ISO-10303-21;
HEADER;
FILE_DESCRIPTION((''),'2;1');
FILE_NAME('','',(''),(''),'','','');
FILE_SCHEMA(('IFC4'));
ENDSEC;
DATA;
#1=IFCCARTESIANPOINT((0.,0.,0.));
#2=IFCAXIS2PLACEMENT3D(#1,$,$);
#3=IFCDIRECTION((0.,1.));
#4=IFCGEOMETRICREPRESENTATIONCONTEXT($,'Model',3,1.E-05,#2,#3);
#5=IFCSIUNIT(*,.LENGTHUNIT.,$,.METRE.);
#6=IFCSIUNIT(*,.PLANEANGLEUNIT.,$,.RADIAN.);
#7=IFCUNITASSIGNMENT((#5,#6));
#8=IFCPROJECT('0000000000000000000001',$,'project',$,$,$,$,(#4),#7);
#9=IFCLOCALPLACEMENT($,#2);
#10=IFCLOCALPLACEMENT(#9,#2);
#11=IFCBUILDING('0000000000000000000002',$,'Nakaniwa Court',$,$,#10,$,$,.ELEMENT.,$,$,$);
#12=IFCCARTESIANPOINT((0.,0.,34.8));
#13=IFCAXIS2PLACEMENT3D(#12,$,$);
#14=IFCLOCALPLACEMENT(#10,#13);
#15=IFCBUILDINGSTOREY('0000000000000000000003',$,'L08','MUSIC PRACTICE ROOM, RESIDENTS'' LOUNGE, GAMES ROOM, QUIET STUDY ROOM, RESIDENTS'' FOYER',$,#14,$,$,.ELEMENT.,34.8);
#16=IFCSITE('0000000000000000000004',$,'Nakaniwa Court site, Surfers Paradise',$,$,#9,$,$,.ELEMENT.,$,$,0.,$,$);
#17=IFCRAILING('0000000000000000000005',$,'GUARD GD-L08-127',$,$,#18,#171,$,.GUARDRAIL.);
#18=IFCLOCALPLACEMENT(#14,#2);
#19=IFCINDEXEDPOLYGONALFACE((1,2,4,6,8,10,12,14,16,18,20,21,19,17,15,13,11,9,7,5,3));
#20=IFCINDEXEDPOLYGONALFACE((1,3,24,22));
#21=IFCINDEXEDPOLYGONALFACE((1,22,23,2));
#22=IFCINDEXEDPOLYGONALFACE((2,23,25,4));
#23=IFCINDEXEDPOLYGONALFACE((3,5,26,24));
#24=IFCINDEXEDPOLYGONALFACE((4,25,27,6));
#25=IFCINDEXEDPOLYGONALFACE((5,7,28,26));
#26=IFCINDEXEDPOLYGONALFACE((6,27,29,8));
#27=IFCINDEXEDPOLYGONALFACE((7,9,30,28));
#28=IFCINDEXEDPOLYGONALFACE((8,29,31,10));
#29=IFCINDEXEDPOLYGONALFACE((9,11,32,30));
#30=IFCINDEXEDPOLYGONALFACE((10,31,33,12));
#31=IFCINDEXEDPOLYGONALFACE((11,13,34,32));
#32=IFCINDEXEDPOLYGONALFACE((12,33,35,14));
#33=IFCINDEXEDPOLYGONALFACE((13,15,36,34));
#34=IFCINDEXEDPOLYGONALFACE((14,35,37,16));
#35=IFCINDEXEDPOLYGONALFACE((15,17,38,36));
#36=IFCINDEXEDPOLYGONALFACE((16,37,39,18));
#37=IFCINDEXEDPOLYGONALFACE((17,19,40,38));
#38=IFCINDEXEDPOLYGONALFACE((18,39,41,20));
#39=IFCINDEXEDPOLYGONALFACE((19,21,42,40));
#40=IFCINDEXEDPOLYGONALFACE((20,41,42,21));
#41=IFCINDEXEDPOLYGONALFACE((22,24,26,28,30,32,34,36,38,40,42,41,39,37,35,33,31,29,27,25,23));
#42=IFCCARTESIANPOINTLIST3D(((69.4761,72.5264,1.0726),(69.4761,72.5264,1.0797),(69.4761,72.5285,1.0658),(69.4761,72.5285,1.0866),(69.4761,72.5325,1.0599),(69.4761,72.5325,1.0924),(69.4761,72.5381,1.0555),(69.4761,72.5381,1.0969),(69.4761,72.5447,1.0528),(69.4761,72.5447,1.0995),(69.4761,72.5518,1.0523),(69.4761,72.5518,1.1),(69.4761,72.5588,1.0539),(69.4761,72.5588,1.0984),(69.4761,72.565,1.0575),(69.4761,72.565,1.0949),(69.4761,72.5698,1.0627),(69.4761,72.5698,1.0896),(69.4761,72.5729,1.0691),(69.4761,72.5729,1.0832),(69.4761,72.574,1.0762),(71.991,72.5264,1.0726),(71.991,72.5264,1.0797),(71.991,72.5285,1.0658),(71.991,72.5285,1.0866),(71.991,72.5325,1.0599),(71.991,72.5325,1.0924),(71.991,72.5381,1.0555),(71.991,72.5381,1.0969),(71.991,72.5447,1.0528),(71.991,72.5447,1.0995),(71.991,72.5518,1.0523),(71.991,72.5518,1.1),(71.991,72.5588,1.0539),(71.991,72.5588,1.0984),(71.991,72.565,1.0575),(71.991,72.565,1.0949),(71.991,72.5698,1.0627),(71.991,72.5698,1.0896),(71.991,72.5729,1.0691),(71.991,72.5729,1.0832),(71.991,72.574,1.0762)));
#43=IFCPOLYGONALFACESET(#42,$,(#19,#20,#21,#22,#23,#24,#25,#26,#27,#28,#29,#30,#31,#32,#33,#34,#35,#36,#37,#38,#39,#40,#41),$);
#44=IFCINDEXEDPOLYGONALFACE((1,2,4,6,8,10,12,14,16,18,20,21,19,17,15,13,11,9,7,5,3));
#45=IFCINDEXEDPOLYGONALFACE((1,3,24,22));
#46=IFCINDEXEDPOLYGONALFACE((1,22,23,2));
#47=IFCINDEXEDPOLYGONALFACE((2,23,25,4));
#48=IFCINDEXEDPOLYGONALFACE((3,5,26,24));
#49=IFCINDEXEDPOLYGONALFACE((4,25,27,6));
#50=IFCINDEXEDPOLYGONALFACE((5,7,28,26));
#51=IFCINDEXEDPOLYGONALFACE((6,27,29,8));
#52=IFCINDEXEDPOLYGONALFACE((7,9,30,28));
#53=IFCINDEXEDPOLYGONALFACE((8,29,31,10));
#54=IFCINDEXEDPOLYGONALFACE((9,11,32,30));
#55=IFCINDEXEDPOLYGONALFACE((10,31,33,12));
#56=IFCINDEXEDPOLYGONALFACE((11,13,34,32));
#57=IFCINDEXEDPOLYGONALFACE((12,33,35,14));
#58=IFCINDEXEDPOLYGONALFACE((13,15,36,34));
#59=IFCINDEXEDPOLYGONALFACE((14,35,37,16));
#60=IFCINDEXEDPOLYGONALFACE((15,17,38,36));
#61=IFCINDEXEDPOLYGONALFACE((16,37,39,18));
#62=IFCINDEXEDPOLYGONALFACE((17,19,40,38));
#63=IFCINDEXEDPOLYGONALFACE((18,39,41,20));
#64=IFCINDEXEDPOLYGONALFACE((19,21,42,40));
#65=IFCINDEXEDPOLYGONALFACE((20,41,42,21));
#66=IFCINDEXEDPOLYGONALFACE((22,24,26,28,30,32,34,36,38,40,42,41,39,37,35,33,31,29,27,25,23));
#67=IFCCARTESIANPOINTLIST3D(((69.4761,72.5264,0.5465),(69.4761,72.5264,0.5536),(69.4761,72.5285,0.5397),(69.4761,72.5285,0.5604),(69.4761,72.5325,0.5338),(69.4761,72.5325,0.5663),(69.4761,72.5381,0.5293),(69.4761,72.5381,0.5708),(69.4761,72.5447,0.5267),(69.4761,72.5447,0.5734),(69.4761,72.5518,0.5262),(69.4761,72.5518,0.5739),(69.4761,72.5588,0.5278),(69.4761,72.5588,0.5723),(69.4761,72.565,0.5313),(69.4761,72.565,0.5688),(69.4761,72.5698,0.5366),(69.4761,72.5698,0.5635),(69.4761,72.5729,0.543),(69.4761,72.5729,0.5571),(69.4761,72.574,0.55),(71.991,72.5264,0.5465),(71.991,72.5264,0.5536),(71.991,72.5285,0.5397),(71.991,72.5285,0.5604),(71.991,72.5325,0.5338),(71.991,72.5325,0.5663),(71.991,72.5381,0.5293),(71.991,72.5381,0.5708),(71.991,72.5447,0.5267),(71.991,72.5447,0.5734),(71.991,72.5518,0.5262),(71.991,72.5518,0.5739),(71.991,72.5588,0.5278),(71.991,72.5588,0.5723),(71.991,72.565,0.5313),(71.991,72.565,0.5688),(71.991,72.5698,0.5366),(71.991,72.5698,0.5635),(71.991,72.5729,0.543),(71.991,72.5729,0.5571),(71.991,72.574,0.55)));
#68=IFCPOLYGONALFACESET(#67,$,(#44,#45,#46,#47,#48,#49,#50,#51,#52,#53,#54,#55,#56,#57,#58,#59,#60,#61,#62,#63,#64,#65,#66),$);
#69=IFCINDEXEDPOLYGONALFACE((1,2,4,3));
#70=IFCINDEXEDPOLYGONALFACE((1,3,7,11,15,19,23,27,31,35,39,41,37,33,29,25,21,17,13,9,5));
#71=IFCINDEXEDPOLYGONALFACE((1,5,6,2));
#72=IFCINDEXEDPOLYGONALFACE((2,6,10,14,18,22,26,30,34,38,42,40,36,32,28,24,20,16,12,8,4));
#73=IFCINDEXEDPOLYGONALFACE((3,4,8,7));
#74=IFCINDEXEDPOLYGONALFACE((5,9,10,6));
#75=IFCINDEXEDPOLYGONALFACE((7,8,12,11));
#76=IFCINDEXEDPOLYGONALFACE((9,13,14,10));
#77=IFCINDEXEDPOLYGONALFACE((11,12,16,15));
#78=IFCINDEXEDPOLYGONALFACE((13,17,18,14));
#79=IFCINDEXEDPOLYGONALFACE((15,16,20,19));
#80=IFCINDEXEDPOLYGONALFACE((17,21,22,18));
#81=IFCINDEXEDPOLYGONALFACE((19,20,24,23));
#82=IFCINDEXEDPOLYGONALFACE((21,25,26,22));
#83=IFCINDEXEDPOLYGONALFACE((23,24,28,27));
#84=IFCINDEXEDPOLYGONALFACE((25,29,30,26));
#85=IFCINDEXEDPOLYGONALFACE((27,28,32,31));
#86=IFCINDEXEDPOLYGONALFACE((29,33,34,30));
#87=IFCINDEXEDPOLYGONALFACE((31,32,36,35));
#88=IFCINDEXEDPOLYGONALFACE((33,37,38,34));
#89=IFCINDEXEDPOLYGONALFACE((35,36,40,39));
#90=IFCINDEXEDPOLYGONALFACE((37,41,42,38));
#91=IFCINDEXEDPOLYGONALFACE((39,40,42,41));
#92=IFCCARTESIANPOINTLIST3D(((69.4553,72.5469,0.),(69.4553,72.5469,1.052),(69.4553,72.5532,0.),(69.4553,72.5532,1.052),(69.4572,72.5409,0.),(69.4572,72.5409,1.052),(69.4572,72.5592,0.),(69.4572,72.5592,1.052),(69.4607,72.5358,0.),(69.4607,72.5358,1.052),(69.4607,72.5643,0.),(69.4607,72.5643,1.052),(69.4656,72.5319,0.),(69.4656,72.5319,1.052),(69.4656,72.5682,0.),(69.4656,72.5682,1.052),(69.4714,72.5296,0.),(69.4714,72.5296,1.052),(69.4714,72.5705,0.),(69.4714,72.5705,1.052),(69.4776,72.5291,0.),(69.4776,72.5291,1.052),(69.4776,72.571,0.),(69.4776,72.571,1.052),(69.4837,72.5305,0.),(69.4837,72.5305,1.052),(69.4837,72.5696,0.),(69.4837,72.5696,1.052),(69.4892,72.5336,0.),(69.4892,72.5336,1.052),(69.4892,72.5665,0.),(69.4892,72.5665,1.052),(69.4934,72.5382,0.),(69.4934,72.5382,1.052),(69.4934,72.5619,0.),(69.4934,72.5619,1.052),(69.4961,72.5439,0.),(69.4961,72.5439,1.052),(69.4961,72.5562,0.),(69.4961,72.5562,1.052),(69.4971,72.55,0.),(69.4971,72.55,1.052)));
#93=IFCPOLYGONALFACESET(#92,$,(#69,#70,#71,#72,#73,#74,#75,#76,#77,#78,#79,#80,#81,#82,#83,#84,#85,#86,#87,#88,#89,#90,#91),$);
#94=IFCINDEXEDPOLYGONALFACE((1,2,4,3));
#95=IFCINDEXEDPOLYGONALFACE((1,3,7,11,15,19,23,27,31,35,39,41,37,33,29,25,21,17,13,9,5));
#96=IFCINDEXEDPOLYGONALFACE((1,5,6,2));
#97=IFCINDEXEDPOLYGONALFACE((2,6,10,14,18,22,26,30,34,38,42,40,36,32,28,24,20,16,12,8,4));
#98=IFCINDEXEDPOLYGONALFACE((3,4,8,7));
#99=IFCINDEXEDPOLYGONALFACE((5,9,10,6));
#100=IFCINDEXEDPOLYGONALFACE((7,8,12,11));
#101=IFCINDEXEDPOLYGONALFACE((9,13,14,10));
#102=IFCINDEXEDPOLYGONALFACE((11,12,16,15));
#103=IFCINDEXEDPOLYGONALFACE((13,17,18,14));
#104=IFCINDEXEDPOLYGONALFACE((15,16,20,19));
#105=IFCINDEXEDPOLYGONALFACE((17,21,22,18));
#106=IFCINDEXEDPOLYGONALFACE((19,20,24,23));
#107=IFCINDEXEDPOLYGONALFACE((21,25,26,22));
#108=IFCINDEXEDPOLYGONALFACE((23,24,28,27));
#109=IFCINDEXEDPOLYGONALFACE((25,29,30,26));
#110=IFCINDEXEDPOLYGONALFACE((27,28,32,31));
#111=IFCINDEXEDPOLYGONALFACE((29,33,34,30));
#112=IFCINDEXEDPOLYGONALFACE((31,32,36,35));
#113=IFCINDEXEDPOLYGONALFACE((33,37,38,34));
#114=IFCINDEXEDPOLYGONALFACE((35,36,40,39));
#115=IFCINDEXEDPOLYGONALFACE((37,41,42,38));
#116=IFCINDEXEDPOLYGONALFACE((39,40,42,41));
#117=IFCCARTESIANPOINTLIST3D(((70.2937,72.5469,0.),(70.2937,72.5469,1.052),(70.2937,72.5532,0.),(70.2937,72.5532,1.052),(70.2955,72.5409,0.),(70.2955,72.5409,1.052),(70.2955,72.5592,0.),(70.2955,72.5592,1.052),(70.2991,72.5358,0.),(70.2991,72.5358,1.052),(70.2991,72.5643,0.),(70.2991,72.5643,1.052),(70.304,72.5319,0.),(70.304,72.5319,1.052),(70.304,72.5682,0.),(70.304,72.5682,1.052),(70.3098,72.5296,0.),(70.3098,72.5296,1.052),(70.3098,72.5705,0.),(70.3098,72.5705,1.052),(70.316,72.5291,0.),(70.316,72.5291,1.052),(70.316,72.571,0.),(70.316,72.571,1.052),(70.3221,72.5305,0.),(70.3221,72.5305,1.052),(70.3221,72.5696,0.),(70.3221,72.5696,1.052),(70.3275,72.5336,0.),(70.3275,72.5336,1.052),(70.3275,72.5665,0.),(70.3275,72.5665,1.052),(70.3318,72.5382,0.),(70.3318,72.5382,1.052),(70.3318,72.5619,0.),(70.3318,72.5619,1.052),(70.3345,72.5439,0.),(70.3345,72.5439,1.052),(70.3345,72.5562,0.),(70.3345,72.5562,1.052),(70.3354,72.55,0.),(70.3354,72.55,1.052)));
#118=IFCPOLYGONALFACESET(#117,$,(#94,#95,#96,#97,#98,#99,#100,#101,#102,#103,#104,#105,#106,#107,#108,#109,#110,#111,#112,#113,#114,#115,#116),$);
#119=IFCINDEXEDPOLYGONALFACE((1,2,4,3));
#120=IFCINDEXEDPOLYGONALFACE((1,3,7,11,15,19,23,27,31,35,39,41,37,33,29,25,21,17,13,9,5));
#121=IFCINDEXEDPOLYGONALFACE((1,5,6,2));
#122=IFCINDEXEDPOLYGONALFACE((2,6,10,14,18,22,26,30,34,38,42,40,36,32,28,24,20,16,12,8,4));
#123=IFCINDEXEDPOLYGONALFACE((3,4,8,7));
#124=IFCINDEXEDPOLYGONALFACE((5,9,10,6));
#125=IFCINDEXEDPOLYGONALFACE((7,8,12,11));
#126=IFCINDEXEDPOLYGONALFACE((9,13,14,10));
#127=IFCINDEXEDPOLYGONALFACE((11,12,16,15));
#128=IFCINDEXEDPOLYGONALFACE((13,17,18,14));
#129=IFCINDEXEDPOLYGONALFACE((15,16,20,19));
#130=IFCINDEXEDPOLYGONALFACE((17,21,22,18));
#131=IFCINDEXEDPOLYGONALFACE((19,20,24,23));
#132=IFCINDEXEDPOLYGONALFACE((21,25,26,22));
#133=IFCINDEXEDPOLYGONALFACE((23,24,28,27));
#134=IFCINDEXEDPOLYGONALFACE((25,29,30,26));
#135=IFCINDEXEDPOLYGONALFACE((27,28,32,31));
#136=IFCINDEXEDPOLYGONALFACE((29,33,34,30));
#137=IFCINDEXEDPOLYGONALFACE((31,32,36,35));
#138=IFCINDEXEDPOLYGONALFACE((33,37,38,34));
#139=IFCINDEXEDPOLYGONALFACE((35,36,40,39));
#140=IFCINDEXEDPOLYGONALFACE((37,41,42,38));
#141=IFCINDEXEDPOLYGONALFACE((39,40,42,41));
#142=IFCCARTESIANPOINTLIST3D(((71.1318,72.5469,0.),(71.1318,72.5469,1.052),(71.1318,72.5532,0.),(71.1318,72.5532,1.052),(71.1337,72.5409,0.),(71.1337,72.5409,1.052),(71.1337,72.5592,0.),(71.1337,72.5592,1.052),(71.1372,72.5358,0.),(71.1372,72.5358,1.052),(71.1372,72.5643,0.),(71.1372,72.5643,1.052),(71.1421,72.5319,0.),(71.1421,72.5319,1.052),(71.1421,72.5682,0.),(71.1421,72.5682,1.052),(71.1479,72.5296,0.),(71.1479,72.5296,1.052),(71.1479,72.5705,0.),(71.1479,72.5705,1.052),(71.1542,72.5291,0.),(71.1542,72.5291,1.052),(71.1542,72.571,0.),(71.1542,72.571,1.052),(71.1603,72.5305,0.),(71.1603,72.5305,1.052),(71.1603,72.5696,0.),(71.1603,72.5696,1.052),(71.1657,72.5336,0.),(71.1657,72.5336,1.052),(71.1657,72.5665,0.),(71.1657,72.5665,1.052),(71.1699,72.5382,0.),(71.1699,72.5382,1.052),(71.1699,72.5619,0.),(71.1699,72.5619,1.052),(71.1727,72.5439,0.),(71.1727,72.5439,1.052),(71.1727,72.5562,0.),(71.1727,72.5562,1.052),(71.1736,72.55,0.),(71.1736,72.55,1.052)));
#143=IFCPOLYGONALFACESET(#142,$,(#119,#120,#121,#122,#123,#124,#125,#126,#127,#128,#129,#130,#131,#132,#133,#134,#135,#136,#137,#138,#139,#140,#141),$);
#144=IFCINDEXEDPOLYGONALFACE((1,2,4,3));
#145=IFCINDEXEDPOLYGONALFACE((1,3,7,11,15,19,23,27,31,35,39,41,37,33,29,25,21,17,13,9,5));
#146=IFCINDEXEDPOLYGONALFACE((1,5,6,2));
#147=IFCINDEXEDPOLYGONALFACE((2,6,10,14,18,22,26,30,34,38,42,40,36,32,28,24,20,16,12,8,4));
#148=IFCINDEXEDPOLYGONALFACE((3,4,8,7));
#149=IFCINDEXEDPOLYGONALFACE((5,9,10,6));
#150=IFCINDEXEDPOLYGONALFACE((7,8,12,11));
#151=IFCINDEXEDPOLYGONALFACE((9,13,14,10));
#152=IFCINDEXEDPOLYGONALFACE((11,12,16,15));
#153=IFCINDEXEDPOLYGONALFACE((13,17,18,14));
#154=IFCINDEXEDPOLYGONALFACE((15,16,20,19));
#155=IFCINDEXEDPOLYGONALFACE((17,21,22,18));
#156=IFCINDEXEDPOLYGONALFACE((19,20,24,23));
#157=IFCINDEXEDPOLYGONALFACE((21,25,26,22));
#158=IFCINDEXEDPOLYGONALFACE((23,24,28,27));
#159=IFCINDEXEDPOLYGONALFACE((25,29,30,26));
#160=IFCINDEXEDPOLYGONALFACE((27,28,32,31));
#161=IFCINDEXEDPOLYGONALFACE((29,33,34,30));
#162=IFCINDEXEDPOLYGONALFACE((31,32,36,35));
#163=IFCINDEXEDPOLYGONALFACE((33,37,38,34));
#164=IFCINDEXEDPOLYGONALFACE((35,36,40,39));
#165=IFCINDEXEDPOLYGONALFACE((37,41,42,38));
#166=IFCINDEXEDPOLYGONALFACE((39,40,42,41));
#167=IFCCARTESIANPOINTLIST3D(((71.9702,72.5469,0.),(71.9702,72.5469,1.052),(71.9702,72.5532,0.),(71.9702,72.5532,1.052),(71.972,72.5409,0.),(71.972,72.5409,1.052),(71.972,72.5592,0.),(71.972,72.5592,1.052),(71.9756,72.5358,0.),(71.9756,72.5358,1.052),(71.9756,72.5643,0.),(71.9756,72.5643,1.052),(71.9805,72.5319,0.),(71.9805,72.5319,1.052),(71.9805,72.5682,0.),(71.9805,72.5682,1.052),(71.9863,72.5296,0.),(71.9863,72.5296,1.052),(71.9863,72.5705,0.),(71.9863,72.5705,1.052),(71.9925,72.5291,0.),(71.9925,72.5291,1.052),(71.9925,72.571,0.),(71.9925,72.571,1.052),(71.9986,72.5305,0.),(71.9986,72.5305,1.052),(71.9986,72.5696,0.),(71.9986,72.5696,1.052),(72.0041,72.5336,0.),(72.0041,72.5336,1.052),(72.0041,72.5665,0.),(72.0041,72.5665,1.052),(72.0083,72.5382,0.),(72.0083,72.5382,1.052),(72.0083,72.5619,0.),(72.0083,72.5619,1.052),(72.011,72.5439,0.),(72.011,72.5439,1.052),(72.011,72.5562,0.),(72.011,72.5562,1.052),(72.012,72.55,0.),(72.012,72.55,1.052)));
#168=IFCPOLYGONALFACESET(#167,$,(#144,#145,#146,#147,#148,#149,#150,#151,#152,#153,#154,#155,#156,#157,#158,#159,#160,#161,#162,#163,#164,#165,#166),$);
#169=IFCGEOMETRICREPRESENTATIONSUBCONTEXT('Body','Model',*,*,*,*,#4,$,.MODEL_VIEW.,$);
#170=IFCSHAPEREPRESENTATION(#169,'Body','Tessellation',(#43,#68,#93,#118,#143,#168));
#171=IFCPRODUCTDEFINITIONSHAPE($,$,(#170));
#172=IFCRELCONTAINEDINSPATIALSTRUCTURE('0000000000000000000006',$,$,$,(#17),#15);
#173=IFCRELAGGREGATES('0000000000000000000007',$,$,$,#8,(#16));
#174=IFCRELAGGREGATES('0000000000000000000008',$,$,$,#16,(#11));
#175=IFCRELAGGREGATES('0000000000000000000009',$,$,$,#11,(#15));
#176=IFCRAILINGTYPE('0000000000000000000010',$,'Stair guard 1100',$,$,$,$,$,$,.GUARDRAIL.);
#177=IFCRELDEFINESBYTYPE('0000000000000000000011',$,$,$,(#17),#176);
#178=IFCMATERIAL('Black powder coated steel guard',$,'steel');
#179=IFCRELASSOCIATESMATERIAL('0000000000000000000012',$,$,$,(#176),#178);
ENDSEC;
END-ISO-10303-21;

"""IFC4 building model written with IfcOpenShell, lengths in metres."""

from ifc_helpers import new_model, si_unit, direction, frame, origin, origin_2d, place, context, subcontext, project, spatial, circle, extrude, material, type_object, element, save


model = new_model("IFC4")

# Units and contexts
model_context = context("Model", 3, precision=1e-05, world=origin(), true_north=direction((0.0, 1.0)))
body_context = subcontext(model_context, "Body", "Model", "MODEL_VIEW")
ifc_project = project(units=[si_unit("LENGTHUNIT", "METRE"), si_unit("PLANEANGLEUNIT", "RADIAN")], contexts=[model_context])

# Site, building, storey
site_placement = place(None, origin())
site = spatial("IfcSite", under=ifc_project, at=site_placement, Name="Nakaniwa Court site, Surfers Paradise", CompositionType="ELEMENT", RefElevation=0.0)
building_placement = place(site_placement, origin())
building = spatial("IfcBuilding", under=site, at=building_placement, Name="Nakaniwa Court", CompositionType="ELEMENT")
storey_placement = place(building_placement, frame((0.0, 0.0, 34.8)))
storey = spatial("IfcBuildingStorey", under=building, at=storey_placement, Name="L08", Description="MUSIC PRACTICE ROOM, RESIDENTS' LOUNGE, GAMES ROOM, QUIET STUDY ROOM, RESIDENTS' FOYER", CompositionType="ELEMENT", Elevation=34.8)

# Railing
ifc_material_1 = material(Name="Black powder coated steel guard", Category="steel")
railing_type = type_object("IfcRailingType", Name="Stair guard 1100", PredefinedType="GUARDRAIL", material=ifc_material_1)
railing_1_placement = place(storey_placement, frame((69.4761, 72.55, 0.0)))
element("IfcRailing", 1, at=railing_1_placement, inside=storey, type_object=railing_type, Name="GUARD GD-L08-127", PredefinedType="GUARDRAIL", context=body_context, shape_type="SweptSolid", body=[
    extrude(circle(Radius=0.0239, at=origin_2d()), frame((0.0, 0.0, 1.0762), z_axis=(1.0, 0.0, 0.0), x_axis=(0.0, 1.0, 0.0)), (0.0, 0.0, 1.0), 2.5149),
    extrude(circle(Radius=0.0239, at=origin_2d()), frame((0.0, 0.0, 0.55), z_axis=(1.0, 0.0, 0.0), x_axis=(0.0, 1.0, 0.0)), (0.0, 0.0, 1.0), 2.5149),
    extrude(circle(Radius=0.021, at=origin_2d()), origin(), (0.0, 0.0, 1.0), 1.052),
    extrude(circle(Radius=0.021, at=origin_2d()), frame((0.8384, 0.0, 0.0)), (0.0, 0.0, 1.0), 1.052),
    extrude(circle(Radius=0.021, at=origin_2d()), frame((1.6765, 0.0, 0.0)), (0.0, 0.0, 1.0), 1.052),
    extrude(circle(Radius=0.021, at=origin_2d()), frame((2.5149, 0.0, 0.0)), (0.0, 0.0, 1.0), 1.052),
])

save(model, "model.ifc")
